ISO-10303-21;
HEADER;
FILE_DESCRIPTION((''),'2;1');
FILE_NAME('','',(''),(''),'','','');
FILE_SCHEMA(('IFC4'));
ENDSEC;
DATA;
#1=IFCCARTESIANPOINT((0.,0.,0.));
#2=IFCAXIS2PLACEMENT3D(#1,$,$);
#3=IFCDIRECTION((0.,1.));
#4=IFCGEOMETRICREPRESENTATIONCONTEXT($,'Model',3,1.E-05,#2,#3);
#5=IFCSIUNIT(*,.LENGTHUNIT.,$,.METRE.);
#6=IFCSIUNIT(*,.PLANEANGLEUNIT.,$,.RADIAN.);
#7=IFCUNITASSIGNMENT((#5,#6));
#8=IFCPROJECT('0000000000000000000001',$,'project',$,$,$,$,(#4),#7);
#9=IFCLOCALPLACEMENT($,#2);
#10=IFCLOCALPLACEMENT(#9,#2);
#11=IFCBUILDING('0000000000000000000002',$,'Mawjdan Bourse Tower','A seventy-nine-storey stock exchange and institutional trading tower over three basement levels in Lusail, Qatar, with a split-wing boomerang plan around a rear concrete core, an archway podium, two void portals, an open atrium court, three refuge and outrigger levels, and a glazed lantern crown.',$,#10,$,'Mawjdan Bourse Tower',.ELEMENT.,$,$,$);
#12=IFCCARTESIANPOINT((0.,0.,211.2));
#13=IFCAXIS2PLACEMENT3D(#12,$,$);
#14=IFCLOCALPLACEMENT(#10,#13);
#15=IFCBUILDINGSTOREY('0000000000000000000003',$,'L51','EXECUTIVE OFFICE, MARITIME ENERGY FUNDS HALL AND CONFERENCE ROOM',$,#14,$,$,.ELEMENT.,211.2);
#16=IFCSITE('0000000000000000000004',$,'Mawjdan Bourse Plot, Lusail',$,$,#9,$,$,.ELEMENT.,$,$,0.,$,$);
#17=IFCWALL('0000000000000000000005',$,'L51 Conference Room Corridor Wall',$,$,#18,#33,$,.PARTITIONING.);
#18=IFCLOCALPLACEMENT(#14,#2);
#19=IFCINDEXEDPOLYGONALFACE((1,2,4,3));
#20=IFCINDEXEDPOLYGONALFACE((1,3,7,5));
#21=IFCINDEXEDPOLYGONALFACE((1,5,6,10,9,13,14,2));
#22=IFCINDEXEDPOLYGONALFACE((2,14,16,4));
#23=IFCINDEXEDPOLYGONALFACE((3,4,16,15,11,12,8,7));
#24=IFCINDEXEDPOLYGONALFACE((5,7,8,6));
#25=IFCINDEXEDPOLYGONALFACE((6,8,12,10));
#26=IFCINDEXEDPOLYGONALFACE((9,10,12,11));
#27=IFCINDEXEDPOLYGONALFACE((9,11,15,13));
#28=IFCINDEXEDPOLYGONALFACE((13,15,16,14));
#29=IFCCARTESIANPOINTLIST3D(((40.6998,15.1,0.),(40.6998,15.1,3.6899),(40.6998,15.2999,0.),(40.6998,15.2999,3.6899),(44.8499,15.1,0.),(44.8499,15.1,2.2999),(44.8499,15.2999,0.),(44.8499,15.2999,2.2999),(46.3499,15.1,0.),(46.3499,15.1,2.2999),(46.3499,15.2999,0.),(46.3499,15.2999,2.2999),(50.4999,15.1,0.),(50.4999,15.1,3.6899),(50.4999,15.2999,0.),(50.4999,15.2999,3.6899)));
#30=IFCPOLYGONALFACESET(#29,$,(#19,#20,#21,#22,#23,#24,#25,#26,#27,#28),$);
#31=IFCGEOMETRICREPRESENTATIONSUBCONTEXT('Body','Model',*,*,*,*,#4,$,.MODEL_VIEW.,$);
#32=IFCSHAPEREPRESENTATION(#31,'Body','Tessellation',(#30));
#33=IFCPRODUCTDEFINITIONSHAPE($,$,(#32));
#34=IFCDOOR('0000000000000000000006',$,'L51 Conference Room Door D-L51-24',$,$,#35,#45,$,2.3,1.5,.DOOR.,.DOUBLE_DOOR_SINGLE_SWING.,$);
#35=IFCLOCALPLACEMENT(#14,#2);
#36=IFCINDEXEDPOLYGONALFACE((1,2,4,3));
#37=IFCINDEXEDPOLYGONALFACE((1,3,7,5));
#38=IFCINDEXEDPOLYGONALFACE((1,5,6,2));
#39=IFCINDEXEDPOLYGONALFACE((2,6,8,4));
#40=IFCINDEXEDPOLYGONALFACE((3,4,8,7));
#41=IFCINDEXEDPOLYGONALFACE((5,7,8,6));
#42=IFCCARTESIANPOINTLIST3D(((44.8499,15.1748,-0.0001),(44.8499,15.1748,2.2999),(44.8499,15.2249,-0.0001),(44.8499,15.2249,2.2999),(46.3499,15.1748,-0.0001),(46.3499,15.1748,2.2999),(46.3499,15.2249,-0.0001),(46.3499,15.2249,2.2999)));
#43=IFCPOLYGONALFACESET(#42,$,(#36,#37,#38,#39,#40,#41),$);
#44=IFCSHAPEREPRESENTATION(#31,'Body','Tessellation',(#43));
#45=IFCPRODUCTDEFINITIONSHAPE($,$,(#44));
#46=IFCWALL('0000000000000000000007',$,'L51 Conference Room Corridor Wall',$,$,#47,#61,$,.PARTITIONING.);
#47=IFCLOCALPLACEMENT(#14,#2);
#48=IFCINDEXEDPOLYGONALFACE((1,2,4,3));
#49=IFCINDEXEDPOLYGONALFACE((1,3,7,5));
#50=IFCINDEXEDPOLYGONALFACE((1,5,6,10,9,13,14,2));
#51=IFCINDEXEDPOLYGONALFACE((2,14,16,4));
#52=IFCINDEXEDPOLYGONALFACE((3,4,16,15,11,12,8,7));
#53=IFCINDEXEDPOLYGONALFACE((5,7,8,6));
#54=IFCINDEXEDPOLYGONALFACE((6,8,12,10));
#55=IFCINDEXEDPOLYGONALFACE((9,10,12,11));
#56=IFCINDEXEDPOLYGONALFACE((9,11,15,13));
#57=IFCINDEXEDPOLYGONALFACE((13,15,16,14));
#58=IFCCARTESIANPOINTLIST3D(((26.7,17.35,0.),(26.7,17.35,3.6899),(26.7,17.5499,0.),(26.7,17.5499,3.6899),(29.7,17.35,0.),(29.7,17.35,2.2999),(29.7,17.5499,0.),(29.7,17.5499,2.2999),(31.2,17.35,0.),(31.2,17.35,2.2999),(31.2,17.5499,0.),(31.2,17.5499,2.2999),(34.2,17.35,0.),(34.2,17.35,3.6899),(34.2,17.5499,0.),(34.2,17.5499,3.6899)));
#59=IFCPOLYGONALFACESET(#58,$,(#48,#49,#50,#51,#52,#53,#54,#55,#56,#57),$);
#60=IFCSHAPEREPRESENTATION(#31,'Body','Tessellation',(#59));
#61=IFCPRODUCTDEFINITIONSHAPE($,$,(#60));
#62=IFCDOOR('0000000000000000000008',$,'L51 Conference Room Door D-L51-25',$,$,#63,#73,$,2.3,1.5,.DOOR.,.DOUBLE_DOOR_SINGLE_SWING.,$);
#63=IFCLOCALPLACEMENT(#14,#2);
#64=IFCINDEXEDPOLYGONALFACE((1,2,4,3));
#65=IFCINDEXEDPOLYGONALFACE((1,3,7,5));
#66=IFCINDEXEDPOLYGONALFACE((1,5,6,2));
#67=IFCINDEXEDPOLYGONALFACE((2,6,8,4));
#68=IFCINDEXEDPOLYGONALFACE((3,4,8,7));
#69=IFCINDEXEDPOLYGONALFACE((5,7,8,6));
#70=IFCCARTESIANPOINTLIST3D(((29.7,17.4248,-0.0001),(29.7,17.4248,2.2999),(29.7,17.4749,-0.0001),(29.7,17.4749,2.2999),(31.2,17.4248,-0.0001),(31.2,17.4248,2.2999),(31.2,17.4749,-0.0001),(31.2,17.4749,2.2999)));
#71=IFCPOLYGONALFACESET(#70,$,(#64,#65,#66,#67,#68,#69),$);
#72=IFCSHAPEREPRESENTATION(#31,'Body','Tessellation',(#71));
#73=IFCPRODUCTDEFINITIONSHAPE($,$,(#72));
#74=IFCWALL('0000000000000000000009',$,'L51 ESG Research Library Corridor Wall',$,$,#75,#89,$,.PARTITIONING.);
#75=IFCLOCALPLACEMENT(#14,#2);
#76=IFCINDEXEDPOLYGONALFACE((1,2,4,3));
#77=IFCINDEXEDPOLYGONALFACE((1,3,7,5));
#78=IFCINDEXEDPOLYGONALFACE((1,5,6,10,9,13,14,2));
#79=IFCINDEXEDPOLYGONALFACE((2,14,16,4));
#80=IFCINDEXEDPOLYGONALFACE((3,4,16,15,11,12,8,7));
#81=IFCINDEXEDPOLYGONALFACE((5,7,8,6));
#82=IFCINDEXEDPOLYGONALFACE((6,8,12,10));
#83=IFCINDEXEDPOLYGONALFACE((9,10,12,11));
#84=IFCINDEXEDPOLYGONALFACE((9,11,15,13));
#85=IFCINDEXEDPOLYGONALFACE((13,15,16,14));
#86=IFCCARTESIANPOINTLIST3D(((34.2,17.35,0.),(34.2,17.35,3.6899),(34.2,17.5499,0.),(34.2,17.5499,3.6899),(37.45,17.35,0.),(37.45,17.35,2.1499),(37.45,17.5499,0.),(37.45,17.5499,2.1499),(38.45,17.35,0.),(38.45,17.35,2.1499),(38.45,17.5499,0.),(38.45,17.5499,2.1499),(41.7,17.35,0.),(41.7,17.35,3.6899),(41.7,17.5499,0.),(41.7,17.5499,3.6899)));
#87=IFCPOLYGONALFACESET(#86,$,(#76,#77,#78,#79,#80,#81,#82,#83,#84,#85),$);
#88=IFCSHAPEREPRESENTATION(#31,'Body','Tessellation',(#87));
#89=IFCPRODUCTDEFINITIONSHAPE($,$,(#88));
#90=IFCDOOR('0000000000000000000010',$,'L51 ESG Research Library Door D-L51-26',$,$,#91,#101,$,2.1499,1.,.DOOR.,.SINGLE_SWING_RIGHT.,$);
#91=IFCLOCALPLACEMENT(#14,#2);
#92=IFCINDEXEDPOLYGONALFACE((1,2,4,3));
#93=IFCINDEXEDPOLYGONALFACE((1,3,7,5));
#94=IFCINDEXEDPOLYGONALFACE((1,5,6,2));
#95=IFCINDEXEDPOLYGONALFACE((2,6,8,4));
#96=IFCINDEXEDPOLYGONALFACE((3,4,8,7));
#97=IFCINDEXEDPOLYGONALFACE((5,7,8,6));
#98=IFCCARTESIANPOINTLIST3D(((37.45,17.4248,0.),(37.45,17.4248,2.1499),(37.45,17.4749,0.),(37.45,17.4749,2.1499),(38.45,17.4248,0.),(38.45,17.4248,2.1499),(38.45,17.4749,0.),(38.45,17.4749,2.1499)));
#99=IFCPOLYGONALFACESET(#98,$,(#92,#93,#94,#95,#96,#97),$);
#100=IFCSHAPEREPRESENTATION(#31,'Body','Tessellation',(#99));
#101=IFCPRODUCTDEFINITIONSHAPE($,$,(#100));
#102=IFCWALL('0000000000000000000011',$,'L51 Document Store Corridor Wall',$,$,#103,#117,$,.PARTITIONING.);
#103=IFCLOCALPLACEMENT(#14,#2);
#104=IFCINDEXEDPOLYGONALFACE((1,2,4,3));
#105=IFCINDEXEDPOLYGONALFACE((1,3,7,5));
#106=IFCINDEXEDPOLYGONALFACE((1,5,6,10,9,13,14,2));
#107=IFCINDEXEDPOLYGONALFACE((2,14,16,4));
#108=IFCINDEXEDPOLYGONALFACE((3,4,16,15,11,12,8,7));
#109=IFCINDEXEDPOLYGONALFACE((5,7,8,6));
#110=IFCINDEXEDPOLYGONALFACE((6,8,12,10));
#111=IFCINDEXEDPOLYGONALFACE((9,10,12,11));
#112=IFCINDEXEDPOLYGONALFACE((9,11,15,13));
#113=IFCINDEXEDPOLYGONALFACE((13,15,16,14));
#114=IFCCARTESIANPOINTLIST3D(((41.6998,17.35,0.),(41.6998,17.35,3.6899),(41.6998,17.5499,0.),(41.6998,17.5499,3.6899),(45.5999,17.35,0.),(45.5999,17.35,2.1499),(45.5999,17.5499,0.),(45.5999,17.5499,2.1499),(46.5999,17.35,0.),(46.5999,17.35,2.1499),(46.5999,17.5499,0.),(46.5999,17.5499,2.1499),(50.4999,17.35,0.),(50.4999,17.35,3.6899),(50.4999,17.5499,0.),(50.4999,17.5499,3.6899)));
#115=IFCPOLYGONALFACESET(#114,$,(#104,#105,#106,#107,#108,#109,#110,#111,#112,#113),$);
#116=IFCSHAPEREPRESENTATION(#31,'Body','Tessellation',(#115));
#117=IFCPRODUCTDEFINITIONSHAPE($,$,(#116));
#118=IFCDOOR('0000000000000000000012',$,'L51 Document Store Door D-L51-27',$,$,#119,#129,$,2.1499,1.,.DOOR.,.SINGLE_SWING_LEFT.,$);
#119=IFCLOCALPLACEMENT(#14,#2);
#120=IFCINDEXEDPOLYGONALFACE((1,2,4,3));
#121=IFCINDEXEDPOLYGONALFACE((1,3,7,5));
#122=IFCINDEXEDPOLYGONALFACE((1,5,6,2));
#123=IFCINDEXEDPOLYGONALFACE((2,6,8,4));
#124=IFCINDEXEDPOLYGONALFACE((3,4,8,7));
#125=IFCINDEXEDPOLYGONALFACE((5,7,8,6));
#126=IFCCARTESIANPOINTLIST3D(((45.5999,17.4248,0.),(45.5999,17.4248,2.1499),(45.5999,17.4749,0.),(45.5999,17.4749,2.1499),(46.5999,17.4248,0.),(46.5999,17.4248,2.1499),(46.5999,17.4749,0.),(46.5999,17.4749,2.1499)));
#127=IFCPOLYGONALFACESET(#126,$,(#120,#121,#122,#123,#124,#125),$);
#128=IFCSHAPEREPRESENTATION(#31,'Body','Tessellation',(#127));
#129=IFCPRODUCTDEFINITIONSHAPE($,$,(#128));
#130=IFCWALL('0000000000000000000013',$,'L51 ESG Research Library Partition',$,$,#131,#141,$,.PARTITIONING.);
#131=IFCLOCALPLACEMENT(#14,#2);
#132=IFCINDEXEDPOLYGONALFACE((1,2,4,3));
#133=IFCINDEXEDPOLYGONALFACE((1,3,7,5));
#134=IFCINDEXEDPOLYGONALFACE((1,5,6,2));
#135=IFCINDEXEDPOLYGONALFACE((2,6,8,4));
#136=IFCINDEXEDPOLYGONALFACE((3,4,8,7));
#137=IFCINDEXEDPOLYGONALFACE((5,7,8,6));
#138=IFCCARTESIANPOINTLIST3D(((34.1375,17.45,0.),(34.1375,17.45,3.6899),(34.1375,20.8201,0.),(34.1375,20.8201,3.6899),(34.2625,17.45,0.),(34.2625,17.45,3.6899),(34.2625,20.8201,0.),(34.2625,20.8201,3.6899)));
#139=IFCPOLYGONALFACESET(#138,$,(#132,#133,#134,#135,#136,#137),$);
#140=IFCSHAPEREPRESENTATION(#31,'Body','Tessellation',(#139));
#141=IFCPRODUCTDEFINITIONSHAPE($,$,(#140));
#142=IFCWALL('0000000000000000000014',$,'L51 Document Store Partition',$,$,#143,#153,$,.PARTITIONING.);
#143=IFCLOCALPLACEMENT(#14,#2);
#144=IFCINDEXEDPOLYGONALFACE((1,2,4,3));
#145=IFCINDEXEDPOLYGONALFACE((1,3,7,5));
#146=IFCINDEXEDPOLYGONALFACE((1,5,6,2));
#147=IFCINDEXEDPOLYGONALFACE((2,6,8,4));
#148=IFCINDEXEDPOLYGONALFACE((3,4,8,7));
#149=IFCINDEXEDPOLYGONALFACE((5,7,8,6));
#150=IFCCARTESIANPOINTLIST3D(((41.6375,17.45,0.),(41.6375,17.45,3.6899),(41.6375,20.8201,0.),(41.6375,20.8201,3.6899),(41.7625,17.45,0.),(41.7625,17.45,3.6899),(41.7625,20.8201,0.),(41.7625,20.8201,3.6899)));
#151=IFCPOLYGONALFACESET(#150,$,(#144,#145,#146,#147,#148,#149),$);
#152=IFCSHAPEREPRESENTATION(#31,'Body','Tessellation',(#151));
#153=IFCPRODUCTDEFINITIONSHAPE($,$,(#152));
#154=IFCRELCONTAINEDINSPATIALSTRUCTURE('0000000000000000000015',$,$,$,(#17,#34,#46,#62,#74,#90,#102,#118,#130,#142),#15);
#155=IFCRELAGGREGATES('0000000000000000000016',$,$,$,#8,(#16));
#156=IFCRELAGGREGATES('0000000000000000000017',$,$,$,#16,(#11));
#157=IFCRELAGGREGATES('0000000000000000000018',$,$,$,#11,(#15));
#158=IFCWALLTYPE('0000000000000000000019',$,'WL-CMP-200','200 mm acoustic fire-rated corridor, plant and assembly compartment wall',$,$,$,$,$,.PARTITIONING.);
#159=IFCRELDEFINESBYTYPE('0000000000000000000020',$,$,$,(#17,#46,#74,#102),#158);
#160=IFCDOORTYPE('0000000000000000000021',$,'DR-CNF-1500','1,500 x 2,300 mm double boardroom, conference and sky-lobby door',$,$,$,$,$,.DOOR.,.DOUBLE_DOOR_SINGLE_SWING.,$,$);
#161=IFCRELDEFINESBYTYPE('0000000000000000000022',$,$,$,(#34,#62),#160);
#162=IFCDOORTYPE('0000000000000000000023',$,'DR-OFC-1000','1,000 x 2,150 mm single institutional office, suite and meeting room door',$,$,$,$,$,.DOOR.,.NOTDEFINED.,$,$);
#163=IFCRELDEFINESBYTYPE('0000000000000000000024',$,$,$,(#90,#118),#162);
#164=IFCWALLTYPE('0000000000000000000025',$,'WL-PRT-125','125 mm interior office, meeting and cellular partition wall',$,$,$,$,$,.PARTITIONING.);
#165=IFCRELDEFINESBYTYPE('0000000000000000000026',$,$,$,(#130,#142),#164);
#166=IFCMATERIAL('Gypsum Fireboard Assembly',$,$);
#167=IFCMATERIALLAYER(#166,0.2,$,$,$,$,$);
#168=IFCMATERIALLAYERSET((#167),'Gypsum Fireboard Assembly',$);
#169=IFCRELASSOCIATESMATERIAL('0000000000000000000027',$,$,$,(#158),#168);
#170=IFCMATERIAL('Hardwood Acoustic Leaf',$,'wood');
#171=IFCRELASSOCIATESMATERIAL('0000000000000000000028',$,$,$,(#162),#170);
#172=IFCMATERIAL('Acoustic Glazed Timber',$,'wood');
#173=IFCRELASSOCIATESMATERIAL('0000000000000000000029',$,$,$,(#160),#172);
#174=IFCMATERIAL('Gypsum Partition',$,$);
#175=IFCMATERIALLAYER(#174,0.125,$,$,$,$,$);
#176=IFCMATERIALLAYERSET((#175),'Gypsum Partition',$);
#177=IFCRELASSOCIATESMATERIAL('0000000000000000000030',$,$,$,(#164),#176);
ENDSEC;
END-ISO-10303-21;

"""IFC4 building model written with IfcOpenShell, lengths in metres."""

from ifc_helpers import new_model, si_unit, direction, frame, frame_2d, origin, place, context, subcontext, project, spatial, rectangle, extrude, material, layer, layer_set, type_object, element, fill, save


model = new_model("IFC4")

# Units and contexts
model_context = context("Model", 3, precision=1e-05, world=origin(), true_north=direction((0.0, 1.0)))
body_context = subcontext(model_context, "Body", "Model", "MODEL_VIEW")
ifc_project = project(units=[si_unit("LENGTHUNIT", "METRE"), si_unit("PLANEANGLEUNIT", "RADIAN")], contexts=[model_context])

# Site, building, storey
site_placement = place(None, origin())
site = spatial("IfcSite", under=ifc_project, at=site_placement, Name="Mawjdan Bourse Plot, Lusail", CompositionType="ELEMENT", RefElevation=0.0)
building_placement = place(site_placement, origin())
building = spatial("IfcBuilding", under=site, at=building_placement, Name="Mawjdan Bourse Tower", Description="A seventy-nine-storey stock exchange and institutional trading tower over three basement levels in Lusail, Qatar, with a split-wing boomerang plan around a rear concrete core, an archway podium, two void portals, an open atrium court, three refuge and outrigger levels, and a glazed lantern crown.", LongName="Mawjdan Bourse Tower", CompositionType="ELEMENT")
storey_placement = place(building_placement, frame((0.0, 0.0, 211.2)))
storey = spatial("IfcBuildingStorey", under=building, at=storey_placement, Name="L51", Description="EXECUTIVE OFFICE, MARITIME ENERGY FUNDS HALL AND CONFERENCE ROOM", CompositionType="ELEMENT", Elevation=211.2)

# Shared definitions
ifc_material_1 = material(Name="Gypsum Fireboard Assembly")
ifc_layer_1 = layer(ifc_material_1, 0.2)
ifc_layer_set_1 = layer_set([ifc_layer_1], Name="Gypsum Fireboard Assembly")
wall_type_1 = type_object("IfcWallType", Name="WL-CMP-200", Description="200 mm acoustic fire-rated corridor, plant and assembly compartment wall", PredefinedType="PARTITIONING", material=ifc_layer_set_1)

# Walls, openings, doors
ifc_material_2 = material(Name="Hardwood Acoustic Leaf", Category="wood")
door_type_1 = type_object("IfcDoorType", Name="DR-OFC-1000", Description="1,000 x 2,150 mm single institutional office, suite and meeting room door", OperationType="NOTDEFINED", PredefinedType="DOOR", material=ifc_material_2)
wall_1_placement = place(storey_placement, frame((40.7, 15.2, 0.0), z_axis=(0.0, 0.0, 1.0), x_axis=(1.0, 0.0, 0.0)))
wall_1 = element("IfcWall", 1, at=wall_1_placement, inside=storey, type_object=wall_type_1, Name="L51 Conference Room Corridor Wall", PredefinedType="PARTITIONING", context=body_context, shape_type="SweptSolid", body=[
    extrude(rectangle(XDim=9.8, YDim=0.2, at=frame_2d((4.8999, 0.0))), origin(), (0.0, 0.0, 1.0), 3.6899),
])
opening_1_placement = place(wall_1_placement, frame((4.1499, 0.0, 0.0)))
opening_1 = element("IfcOpeningElement", 2, at=opening_1_placement, cuts=wall_1, PredefinedType="OPENING", context=body_context, shape_type="SweptSolid", body=[
    extrude(rectangle(XDim=1.5, YDim=2.3, at=frame_2d((0.75, 1.1499))), frame((0.0, 0.1099, 0.0), z_axis=(0.0, -1.0, 0.0), x_axis=(1.0, 0.0, 0.0)), (0.0, 0.0, 1.0), 0.22),
])
ifc_material_3 = material(Name="Acoustic Glazed Timber", Category="wood")
door_type_2 = type_object("IfcDoorType", Name="DR-CNF-1500", Description="1,500 x 2,300 mm double boardroom, conference and sky-lobby door", OperationType="DOUBLE_DOOR_SINGLE_SWING", PredefinedType="DOOR", material=ifc_material_3)
door_1_placement = place(opening_1_placement, origin())
door_1 = element("IfcDoor", 3, at=door_1_placement, inside=storey, type_object=door_type_2, Name="L51 Conference Room Door D-L51-24", OperationType="DOUBLE_DOOR_SINGLE_SWING", OverallHeight=2.3, OverallWidth=1.5, PredefinedType="DOOR", context=body_context, shape_type="SweptSolid", body=[
    extrude(rectangle(XDim=1.5, YDim=2.3, at=frame_2d((0.75, 1.1499))), frame((0.0, 0.0249, 0.0), z_axis=(0.0, -1.0, 0.0), x_axis=(1.0, 0.0, 0.0)), (0.0, 0.0, 1.0), 0.05),
])
fill(opening_1, door_1)
wall_2_placement = place(storey_placement, frame((26.7, 17.45, 0.0), z_axis=(0.0, 0.0, 1.0), x_axis=(1.0, 0.0, 0.0)))
wall_2 = element("IfcWall", 4, at=wall_2_placement, inside=storey, type_object=wall_type_1, Name="L51 Conference Room Corridor Wall", PredefinedType="PARTITIONING", context=body_context, shape_type="SweptSolid", body=[
    extrude(rectangle(XDim=7.5, YDim=0.2, at=frame_2d((3.75, 0.0))), origin(), (0.0, 0.0, 1.0), 3.6899),
])
opening_2_placement = place(wall_2_placement, frame((3.0, 0.0, 0.0)))
opening_2 = element("IfcOpeningElement", 5, at=opening_2_placement, cuts=wall_2, PredefinedType="OPENING", context=body_context, shape_type="SweptSolid", body=[
    extrude(rectangle(XDim=1.5, YDim=2.3, at=frame_2d((0.75, 1.1499))), frame((0.0, 0.1099, 0.0), z_axis=(0.0, -1.0, 0.0), x_axis=(1.0, 0.0, 0.0)), (0.0, 0.0, 1.0), 0.22),
])
door_2_placement = place(opening_2_placement, origin())
door_2 = element("IfcDoor", 6, at=door_2_placement, inside=storey, type_object=door_type_2, Name="L51 Conference Room Door D-L51-25", OperationType="DOUBLE_DOOR_SINGLE_SWING", OverallHeight=2.3, OverallWidth=1.5, PredefinedType="DOOR", context=body_context, shape_type="SweptSolid", body=[
    extrude(rectangle(XDim=1.5, YDim=2.3, at=frame_2d((0.75, 1.1499))), frame((0.0, 0.0249, 0.0), z_axis=(0.0, -1.0, 0.0), x_axis=(1.0, 0.0, 0.0)), (0.0, 0.0, 1.0), 0.05),
])
fill(opening_2, door_2)
wall_3_placement = place(storey_placement, frame((34.2, 17.45, 0.0), z_axis=(0.0, 0.0, 1.0), x_axis=(1.0, 0.0, 0.0)))
wall_3 = element("IfcWall", 7, at=wall_3_placement, inside=storey, type_object=wall_type_1, Name="L51 ESG Research Library Corridor Wall", PredefinedType="PARTITIONING", context=body_context, shape_type="SweptSolid", body=[
    extrude(rectangle(XDim=7.5, YDim=0.2, at=frame_2d((3.75, 0.0))), origin(), (0.0, 0.0, 1.0), 3.6899),
])
opening_3_placement = place(wall_3_placement, frame((3.25, 0.0, 0.0)))
opening_3 = element("IfcOpeningElement", 8, at=opening_3_placement, cuts=wall_3, PredefinedType="OPENING", context=body_context, shape_type="SweptSolid", body=[
    extrude(rectangle(XDim=1.0, YDim=2.1499, at=frame_2d((0.5, 1.075))), frame((0.0, 0.1099, 0.0), z_axis=(0.0, -1.0, 0.0), x_axis=(1.0, 0.0, 0.0)), (0.0, 0.0, 1.0), 0.22),
])
door_3_placement = place(opening_3_placement, origin())
door_3 = element("IfcDoor", 9, at=door_3_placement, inside=storey, type_object=door_type_1, Name="L51 ESG Research Library Door D-L51-26", OperationType="SINGLE_SWING_RIGHT", OverallHeight=2.1499, OverallWidth=1.0, PredefinedType="DOOR", context=body_context, shape_type="SweptSolid", body=[
    extrude(rectangle(XDim=1.0, YDim=2.1499, at=frame_2d((0.5, 1.075))), frame((0.0, 0.0249, 0.0), z_axis=(0.0, -1.0, 0.0), x_axis=(1.0, 0.0, 0.0)), (0.0, 0.0, 1.0), 0.05),
])
fill(opening_3, door_3)
wall_4_placement = place(storey_placement, frame((41.7, 17.45, 0.0), z_axis=(0.0, 0.0, 1.0), x_axis=(1.0, 0.0, 0.0)))
wall_4 = element("IfcWall", 10, at=wall_4_placement, inside=storey, type_object=wall_type_1, Name="L51 Document Store Corridor Wall", PredefinedType="PARTITIONING", context=body_context, shape_type="SweptSolid", body=[
    extrude(rectangle(XDim=8.8, YDim=0.2, at=frame_2d((4.3999, 0.0))), origin(), (0.0, 0.0, 1.0), 3.6899),
])
opening_4_placement = place(wall_4_placement, frame((3.8999, 0.0, 0.0)))
opening_4 = element("IfcOpeningElement", 11, at=opening_4_placement, cuts=wall_4, PredefinedType="OPENING", context=body_context, shape_type="SweptSolid", body=[
    extrude(rectangle(XDim=1.0, YDim=2.1499, at=frame_2d((0.5, 1.075))), frame((0.0, 0.1099, 0.0), z_axis=(0.0, -1.0, 0.0), x_axis=(1.0, 0.0, 0.0)), (0.0, 0.0, 1.0), 0.22),
])
door_4_placement = place(opening_4_placement, origin())
door_4 = element("IfcDoor", 12, at=door_4_placement, inside=storey, type_object=door_type_1, Name="L51 Document Store Door D-L51-27", OperationType="SINGLE_SWING_LEFT", OverallHeight=2.1499, OverallWidth=1.0, PredefinedType="DOOR", context=body_context, shape_type="SweptSolid", body=[
    extrude(rectangle(XDim=1.0, YDim=2.1499, at=frame_2d((0.5, 1.075))), frame((0.0, 0.0249, 0.0), z_axis=(0.0, -1.0, 0.0), x_axis=(1.0, 0.0, 0.0)), (0.0, 0.0, 1.0), 0.05),
])
fill(opening_4, door_4)

# Walls
ifc_material_4 = material(Name="Gypsum Partition")
ifc_layer_2 = layer(ifc_material_4, 0.125)
ifc_layer_set_2 = layer_set([ifc_layer_2], Name="Gypsum Partition")
wall_type_2 = type_object("IfcWallType", Name="WL-PRT-125", Description="125 mm interior office, meeting and cellular partition wall", PredefinedType="PARTITIONING", material=ifc_layer_set_2)
for number, where, z_axis, x_axis, name in (
    (13, (34.2, 17.45, 0.0), (0.0, 0.0, 1.0), (0.0, 1.0, 0.0), "L51 ESG Research Library Partition"),
    (14, (41.7, 17.45, 0.0), (0.0, 0.0, 1.0), (0.0, 1.0, 0.0), "L51 Document Store Partition"),
):
    element("IfcWall", number, at=place(storey_placement, frame(where, z_axis=z_axis, x_axis=x_axis)), inside=storey, type_object=wall_type_2, Name=name, PredefinedType="PARTITIONING", context=body_context, shape_type="SweptSolid", body=[
        extrude(rectangle(XDim=3.3701, YDim=0.125, at=frame_2d((1.6851, 0.0))), origin(), (0.0, 0.0, 1.0), 3.6899),
    ])

save(model, "model.ifc")
